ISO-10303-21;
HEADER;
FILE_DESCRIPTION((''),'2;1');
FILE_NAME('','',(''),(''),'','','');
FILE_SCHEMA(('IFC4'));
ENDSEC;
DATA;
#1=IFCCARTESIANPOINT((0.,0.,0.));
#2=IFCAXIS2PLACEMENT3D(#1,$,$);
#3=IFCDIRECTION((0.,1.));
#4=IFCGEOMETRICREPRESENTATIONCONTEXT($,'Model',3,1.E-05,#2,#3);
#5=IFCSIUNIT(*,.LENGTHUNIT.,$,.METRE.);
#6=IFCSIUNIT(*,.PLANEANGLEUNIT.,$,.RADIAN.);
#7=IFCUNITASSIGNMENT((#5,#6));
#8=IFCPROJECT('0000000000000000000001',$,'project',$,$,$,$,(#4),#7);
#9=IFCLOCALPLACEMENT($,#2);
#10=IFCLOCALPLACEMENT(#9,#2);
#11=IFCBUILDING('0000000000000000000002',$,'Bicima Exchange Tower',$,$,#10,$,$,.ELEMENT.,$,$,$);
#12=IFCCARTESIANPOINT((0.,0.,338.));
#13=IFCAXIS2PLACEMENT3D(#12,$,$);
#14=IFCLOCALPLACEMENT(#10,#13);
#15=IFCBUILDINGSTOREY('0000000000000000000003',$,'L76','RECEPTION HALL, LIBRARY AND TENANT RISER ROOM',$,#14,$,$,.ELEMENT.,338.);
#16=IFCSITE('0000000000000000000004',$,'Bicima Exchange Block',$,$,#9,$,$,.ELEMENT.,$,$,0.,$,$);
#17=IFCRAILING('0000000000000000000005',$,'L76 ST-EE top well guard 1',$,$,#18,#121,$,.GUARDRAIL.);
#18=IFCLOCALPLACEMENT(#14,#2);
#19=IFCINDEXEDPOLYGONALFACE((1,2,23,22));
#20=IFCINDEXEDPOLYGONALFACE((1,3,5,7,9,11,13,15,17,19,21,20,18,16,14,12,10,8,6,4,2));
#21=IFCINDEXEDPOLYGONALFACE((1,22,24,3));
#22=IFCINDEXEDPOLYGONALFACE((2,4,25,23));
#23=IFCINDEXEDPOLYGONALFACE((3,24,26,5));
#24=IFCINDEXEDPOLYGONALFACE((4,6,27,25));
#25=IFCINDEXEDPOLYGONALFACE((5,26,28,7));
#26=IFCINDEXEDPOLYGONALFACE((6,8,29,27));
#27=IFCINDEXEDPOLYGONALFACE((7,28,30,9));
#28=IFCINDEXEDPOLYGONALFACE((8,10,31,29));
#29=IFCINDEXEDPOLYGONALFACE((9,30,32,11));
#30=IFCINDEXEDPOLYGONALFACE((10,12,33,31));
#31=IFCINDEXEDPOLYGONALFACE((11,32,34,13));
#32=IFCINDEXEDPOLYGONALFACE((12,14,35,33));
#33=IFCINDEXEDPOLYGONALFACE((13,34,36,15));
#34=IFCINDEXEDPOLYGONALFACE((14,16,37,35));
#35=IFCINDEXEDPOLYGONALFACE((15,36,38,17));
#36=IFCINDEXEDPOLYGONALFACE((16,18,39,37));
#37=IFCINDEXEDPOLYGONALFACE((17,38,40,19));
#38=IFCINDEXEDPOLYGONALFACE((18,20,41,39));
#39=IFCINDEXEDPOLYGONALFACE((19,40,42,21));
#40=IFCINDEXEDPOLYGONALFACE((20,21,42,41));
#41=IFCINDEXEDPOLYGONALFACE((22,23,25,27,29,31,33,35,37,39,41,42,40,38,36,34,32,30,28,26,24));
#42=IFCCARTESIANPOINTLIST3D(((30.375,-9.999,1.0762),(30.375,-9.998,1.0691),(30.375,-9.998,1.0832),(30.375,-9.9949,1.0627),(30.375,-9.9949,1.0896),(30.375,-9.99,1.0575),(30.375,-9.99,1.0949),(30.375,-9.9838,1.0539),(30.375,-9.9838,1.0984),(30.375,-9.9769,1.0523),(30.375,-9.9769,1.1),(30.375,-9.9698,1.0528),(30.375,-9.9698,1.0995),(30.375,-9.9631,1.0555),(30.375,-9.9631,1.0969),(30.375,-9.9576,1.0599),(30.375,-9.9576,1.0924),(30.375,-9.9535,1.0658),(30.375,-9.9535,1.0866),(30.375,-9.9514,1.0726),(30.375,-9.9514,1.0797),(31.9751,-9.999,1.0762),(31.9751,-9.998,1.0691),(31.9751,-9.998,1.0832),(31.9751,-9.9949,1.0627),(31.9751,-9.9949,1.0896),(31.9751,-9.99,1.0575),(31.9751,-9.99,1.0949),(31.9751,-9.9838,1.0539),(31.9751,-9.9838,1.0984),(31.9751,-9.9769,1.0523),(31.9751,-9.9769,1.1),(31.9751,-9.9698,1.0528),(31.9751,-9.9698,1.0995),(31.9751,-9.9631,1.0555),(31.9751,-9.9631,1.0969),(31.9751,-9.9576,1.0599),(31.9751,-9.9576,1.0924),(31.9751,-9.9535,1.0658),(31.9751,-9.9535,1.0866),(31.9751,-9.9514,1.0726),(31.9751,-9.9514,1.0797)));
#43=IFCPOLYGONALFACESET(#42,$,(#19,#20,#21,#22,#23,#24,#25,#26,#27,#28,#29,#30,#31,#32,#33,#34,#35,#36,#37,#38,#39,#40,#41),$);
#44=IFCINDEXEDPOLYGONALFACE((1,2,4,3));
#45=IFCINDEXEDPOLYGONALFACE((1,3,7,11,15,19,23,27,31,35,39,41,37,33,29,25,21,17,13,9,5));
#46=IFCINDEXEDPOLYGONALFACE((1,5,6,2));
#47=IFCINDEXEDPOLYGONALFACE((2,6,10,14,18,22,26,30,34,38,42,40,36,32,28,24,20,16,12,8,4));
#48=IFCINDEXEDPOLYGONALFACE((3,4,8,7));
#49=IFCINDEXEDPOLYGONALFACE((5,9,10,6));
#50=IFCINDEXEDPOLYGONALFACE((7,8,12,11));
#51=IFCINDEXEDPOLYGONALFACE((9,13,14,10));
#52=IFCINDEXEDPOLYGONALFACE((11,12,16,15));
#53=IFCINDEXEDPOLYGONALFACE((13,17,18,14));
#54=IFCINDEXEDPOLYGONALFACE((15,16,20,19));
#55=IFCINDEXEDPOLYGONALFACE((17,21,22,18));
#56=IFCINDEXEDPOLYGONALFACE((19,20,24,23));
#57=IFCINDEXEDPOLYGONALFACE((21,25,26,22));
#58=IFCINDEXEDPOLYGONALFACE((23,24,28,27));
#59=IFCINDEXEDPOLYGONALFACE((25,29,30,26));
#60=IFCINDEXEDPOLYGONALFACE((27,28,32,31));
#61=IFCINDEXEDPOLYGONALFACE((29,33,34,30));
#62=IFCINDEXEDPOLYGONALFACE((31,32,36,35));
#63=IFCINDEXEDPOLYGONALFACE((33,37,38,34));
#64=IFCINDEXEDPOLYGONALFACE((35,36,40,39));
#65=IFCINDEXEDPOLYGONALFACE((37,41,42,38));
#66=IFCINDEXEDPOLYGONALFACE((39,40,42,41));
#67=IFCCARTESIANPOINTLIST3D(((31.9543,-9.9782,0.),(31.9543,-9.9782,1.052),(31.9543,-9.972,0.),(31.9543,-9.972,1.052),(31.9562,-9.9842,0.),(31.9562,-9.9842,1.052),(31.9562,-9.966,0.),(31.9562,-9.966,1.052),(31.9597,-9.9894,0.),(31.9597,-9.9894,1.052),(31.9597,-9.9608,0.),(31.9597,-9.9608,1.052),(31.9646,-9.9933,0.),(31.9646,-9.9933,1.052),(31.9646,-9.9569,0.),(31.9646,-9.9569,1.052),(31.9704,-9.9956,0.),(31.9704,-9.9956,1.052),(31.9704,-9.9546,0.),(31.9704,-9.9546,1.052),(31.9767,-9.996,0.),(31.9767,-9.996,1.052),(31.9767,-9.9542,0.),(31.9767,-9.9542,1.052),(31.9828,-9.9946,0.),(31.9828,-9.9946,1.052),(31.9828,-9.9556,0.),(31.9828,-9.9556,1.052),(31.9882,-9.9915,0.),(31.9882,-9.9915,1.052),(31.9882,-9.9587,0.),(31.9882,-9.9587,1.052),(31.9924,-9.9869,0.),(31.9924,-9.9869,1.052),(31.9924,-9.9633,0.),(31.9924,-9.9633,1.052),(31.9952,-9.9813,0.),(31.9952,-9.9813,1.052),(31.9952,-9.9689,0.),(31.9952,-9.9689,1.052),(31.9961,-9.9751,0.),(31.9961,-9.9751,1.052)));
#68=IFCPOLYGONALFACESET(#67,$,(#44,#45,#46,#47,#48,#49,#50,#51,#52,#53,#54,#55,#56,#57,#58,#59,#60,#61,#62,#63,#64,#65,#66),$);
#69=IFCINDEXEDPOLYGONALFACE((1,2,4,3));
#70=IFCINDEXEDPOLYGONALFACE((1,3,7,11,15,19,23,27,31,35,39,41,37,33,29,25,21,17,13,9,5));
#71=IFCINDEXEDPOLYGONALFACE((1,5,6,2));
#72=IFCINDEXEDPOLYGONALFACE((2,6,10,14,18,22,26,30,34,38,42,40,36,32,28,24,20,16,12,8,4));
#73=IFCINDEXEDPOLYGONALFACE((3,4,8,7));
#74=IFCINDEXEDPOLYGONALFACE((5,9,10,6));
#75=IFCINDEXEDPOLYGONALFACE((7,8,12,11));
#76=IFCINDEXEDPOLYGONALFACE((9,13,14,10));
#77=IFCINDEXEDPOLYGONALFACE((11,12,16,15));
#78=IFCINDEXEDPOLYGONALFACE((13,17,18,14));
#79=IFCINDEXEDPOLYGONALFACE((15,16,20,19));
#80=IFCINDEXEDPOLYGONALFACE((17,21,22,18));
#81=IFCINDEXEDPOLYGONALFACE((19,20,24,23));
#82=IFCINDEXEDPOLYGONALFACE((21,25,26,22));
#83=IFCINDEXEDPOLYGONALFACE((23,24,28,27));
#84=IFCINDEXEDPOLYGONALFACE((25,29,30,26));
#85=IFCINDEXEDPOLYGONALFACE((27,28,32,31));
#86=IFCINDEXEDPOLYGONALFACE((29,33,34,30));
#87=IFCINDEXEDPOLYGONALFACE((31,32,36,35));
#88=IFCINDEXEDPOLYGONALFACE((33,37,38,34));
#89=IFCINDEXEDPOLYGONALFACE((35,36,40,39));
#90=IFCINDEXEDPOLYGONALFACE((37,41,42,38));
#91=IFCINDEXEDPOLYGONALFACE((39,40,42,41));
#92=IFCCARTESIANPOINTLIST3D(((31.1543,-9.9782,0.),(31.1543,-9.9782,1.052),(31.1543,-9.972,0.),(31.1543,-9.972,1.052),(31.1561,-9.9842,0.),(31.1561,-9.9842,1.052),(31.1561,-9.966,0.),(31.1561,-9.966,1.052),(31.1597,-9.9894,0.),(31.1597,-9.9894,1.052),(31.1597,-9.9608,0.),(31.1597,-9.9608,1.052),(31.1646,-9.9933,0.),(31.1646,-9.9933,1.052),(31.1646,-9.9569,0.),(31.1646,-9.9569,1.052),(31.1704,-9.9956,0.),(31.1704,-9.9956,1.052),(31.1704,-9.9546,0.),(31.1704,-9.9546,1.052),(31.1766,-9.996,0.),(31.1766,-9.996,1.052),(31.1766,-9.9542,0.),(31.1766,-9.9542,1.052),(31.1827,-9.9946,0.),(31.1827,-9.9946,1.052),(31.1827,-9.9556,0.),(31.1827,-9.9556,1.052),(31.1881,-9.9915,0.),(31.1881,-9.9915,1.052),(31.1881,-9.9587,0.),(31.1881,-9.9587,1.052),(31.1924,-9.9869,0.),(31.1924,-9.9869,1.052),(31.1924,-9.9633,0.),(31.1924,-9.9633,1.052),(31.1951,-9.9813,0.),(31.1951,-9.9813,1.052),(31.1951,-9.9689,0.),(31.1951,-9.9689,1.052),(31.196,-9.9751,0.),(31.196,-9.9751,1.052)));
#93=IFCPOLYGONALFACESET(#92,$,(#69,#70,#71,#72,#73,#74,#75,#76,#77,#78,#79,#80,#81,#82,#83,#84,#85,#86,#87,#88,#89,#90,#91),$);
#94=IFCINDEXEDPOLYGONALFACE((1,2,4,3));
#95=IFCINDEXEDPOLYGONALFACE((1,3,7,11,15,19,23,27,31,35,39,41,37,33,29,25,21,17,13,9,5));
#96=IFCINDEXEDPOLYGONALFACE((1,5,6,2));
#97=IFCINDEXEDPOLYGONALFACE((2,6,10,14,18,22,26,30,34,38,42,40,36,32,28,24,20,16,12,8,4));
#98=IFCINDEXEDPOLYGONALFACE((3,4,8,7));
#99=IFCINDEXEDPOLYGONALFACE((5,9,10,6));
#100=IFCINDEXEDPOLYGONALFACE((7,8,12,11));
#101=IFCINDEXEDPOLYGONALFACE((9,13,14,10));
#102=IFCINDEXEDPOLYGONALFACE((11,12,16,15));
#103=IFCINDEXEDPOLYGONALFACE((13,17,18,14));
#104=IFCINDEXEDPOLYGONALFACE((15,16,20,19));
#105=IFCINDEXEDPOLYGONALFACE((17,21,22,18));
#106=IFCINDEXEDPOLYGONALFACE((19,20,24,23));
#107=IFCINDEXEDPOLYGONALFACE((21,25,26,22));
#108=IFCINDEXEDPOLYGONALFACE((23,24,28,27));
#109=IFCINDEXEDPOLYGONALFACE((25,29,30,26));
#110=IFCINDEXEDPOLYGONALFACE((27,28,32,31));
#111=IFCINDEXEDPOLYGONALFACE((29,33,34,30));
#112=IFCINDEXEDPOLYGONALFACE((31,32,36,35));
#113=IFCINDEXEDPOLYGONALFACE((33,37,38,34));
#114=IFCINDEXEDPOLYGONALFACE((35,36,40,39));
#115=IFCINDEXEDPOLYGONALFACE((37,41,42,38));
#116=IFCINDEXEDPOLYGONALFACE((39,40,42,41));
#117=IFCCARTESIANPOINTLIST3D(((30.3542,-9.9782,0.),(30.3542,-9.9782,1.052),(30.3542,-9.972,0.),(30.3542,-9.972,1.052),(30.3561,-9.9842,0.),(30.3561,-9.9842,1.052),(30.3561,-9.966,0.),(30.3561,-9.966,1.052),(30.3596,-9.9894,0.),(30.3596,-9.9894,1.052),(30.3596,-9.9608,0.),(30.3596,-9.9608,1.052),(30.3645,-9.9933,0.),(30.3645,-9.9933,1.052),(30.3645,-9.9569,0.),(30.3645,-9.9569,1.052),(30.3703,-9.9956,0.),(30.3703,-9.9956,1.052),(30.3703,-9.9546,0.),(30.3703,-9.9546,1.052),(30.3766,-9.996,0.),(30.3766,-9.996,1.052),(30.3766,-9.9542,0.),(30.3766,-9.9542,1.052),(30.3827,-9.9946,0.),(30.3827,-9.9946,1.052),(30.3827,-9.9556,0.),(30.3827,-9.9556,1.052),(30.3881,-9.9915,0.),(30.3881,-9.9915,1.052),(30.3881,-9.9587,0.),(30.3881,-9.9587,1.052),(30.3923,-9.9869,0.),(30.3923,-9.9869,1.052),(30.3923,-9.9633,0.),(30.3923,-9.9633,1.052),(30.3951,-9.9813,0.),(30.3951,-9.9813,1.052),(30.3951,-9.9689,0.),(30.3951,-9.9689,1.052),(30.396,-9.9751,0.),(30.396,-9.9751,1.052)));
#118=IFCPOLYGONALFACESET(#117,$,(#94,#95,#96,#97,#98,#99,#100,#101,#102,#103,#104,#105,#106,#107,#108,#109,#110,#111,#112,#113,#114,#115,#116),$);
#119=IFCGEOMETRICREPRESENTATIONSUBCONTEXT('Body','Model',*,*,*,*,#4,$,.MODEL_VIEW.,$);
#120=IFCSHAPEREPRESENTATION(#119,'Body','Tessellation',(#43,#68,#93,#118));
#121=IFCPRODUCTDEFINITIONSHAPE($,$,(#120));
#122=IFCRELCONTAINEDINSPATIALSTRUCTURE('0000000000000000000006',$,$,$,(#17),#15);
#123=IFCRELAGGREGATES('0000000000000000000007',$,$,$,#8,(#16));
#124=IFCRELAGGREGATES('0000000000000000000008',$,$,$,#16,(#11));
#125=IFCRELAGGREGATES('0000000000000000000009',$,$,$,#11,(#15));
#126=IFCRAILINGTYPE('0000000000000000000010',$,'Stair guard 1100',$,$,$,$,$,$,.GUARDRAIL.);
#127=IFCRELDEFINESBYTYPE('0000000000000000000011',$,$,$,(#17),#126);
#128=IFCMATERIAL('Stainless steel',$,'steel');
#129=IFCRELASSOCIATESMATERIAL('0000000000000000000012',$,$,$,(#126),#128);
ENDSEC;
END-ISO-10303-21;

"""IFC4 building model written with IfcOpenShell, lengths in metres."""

from ifc_helpers import new_model, si_unit, direction, frame, origin, origin_2d, place, context, subcontext, project, spatial, circle, extrude, material, type_object, element, save


model = new_model("IFC4")

# Units and contexts
model_context = context("Model", 3, precision=1e-05, world=origin(), true_north=direction((0.0, 1.0)))
body_context = subcontext(model_context, "Body", "Model", "MODEL_VIEW")
ifc_project = project(units=[si_unit("LENGTHUNIT", "METRE"), si_unit("PLANEANGLEUNIT", "RADIAN")], contexts=[model_context])

# Site, building, storey
site_placement = place(None, origin())
site = spatial("IfcSite", under=ifc_project, at=site_placement, Name="Bicima Exchange Block", CompositionType="ELEMENT", RefElevation=0.0)
building_placement = place(site_placement, origin())
building = spatial("IfcBuilding", under=site, at=building_placement, Name="Bicima Exchange Tower", CompositionType="ELEMENT")
storey_placement = place(building_placement, frame((0.0, 0.0, 338.0)))
storey = spatial("IfcBuildingStorey", under=building, at=storey_placement, Name="L76", Description="RECEPTION HALL, LIBRARY AND TENANT RISER ROOM", CompositionType="ELEMENT", Elevation=338.0)

# Railing
ifc_material_1 = material(Name="Stainless steel", Category="steel")
railing_type = type_object("IfcRailingType", Name="Stair guard 1100", PredefinedType="GUARDRAIL", material=ifc_material_1)
railing_placement = place(storey_placement, frame((31.9751, -9.9751, 0.0)))
element("IfcRailing", 1, at=railing_placement, inside=storey, type_object=railing_type, Name="L76 ST-EE top well guard 1", PredefinedType="GUARDRAIL", context=body_context, shape_type="SweptSolid", body=[
    extrude(circle(Radius=0.0239, at=origin_2d()), frame((0.0, 0.0, 1.0762), z_axis=(-1.0, 0.0, 0.0), x_axis=(0.0, -1.0, 0.0)), (0.0, 0.0, 1.0), 1.6001),
    extrude(circle(Radius=0.021, at=origin_2d()), origin(), (0.0, 0.0, 1.0), 1.052),
    extrude(circle(Radius=0.021, at=origin_2d()), frame((-0.8, 0.0, 0.0)), (0.0, 0.0, 1.0), 1.052),
    extrude(circle(Radius=0.021, at=origin_2d()), frame((-1.6001, 0.0, 0.0)), (0.0, 0.0, 1.0), 1.052),
])

save(model, "model.ifc")
